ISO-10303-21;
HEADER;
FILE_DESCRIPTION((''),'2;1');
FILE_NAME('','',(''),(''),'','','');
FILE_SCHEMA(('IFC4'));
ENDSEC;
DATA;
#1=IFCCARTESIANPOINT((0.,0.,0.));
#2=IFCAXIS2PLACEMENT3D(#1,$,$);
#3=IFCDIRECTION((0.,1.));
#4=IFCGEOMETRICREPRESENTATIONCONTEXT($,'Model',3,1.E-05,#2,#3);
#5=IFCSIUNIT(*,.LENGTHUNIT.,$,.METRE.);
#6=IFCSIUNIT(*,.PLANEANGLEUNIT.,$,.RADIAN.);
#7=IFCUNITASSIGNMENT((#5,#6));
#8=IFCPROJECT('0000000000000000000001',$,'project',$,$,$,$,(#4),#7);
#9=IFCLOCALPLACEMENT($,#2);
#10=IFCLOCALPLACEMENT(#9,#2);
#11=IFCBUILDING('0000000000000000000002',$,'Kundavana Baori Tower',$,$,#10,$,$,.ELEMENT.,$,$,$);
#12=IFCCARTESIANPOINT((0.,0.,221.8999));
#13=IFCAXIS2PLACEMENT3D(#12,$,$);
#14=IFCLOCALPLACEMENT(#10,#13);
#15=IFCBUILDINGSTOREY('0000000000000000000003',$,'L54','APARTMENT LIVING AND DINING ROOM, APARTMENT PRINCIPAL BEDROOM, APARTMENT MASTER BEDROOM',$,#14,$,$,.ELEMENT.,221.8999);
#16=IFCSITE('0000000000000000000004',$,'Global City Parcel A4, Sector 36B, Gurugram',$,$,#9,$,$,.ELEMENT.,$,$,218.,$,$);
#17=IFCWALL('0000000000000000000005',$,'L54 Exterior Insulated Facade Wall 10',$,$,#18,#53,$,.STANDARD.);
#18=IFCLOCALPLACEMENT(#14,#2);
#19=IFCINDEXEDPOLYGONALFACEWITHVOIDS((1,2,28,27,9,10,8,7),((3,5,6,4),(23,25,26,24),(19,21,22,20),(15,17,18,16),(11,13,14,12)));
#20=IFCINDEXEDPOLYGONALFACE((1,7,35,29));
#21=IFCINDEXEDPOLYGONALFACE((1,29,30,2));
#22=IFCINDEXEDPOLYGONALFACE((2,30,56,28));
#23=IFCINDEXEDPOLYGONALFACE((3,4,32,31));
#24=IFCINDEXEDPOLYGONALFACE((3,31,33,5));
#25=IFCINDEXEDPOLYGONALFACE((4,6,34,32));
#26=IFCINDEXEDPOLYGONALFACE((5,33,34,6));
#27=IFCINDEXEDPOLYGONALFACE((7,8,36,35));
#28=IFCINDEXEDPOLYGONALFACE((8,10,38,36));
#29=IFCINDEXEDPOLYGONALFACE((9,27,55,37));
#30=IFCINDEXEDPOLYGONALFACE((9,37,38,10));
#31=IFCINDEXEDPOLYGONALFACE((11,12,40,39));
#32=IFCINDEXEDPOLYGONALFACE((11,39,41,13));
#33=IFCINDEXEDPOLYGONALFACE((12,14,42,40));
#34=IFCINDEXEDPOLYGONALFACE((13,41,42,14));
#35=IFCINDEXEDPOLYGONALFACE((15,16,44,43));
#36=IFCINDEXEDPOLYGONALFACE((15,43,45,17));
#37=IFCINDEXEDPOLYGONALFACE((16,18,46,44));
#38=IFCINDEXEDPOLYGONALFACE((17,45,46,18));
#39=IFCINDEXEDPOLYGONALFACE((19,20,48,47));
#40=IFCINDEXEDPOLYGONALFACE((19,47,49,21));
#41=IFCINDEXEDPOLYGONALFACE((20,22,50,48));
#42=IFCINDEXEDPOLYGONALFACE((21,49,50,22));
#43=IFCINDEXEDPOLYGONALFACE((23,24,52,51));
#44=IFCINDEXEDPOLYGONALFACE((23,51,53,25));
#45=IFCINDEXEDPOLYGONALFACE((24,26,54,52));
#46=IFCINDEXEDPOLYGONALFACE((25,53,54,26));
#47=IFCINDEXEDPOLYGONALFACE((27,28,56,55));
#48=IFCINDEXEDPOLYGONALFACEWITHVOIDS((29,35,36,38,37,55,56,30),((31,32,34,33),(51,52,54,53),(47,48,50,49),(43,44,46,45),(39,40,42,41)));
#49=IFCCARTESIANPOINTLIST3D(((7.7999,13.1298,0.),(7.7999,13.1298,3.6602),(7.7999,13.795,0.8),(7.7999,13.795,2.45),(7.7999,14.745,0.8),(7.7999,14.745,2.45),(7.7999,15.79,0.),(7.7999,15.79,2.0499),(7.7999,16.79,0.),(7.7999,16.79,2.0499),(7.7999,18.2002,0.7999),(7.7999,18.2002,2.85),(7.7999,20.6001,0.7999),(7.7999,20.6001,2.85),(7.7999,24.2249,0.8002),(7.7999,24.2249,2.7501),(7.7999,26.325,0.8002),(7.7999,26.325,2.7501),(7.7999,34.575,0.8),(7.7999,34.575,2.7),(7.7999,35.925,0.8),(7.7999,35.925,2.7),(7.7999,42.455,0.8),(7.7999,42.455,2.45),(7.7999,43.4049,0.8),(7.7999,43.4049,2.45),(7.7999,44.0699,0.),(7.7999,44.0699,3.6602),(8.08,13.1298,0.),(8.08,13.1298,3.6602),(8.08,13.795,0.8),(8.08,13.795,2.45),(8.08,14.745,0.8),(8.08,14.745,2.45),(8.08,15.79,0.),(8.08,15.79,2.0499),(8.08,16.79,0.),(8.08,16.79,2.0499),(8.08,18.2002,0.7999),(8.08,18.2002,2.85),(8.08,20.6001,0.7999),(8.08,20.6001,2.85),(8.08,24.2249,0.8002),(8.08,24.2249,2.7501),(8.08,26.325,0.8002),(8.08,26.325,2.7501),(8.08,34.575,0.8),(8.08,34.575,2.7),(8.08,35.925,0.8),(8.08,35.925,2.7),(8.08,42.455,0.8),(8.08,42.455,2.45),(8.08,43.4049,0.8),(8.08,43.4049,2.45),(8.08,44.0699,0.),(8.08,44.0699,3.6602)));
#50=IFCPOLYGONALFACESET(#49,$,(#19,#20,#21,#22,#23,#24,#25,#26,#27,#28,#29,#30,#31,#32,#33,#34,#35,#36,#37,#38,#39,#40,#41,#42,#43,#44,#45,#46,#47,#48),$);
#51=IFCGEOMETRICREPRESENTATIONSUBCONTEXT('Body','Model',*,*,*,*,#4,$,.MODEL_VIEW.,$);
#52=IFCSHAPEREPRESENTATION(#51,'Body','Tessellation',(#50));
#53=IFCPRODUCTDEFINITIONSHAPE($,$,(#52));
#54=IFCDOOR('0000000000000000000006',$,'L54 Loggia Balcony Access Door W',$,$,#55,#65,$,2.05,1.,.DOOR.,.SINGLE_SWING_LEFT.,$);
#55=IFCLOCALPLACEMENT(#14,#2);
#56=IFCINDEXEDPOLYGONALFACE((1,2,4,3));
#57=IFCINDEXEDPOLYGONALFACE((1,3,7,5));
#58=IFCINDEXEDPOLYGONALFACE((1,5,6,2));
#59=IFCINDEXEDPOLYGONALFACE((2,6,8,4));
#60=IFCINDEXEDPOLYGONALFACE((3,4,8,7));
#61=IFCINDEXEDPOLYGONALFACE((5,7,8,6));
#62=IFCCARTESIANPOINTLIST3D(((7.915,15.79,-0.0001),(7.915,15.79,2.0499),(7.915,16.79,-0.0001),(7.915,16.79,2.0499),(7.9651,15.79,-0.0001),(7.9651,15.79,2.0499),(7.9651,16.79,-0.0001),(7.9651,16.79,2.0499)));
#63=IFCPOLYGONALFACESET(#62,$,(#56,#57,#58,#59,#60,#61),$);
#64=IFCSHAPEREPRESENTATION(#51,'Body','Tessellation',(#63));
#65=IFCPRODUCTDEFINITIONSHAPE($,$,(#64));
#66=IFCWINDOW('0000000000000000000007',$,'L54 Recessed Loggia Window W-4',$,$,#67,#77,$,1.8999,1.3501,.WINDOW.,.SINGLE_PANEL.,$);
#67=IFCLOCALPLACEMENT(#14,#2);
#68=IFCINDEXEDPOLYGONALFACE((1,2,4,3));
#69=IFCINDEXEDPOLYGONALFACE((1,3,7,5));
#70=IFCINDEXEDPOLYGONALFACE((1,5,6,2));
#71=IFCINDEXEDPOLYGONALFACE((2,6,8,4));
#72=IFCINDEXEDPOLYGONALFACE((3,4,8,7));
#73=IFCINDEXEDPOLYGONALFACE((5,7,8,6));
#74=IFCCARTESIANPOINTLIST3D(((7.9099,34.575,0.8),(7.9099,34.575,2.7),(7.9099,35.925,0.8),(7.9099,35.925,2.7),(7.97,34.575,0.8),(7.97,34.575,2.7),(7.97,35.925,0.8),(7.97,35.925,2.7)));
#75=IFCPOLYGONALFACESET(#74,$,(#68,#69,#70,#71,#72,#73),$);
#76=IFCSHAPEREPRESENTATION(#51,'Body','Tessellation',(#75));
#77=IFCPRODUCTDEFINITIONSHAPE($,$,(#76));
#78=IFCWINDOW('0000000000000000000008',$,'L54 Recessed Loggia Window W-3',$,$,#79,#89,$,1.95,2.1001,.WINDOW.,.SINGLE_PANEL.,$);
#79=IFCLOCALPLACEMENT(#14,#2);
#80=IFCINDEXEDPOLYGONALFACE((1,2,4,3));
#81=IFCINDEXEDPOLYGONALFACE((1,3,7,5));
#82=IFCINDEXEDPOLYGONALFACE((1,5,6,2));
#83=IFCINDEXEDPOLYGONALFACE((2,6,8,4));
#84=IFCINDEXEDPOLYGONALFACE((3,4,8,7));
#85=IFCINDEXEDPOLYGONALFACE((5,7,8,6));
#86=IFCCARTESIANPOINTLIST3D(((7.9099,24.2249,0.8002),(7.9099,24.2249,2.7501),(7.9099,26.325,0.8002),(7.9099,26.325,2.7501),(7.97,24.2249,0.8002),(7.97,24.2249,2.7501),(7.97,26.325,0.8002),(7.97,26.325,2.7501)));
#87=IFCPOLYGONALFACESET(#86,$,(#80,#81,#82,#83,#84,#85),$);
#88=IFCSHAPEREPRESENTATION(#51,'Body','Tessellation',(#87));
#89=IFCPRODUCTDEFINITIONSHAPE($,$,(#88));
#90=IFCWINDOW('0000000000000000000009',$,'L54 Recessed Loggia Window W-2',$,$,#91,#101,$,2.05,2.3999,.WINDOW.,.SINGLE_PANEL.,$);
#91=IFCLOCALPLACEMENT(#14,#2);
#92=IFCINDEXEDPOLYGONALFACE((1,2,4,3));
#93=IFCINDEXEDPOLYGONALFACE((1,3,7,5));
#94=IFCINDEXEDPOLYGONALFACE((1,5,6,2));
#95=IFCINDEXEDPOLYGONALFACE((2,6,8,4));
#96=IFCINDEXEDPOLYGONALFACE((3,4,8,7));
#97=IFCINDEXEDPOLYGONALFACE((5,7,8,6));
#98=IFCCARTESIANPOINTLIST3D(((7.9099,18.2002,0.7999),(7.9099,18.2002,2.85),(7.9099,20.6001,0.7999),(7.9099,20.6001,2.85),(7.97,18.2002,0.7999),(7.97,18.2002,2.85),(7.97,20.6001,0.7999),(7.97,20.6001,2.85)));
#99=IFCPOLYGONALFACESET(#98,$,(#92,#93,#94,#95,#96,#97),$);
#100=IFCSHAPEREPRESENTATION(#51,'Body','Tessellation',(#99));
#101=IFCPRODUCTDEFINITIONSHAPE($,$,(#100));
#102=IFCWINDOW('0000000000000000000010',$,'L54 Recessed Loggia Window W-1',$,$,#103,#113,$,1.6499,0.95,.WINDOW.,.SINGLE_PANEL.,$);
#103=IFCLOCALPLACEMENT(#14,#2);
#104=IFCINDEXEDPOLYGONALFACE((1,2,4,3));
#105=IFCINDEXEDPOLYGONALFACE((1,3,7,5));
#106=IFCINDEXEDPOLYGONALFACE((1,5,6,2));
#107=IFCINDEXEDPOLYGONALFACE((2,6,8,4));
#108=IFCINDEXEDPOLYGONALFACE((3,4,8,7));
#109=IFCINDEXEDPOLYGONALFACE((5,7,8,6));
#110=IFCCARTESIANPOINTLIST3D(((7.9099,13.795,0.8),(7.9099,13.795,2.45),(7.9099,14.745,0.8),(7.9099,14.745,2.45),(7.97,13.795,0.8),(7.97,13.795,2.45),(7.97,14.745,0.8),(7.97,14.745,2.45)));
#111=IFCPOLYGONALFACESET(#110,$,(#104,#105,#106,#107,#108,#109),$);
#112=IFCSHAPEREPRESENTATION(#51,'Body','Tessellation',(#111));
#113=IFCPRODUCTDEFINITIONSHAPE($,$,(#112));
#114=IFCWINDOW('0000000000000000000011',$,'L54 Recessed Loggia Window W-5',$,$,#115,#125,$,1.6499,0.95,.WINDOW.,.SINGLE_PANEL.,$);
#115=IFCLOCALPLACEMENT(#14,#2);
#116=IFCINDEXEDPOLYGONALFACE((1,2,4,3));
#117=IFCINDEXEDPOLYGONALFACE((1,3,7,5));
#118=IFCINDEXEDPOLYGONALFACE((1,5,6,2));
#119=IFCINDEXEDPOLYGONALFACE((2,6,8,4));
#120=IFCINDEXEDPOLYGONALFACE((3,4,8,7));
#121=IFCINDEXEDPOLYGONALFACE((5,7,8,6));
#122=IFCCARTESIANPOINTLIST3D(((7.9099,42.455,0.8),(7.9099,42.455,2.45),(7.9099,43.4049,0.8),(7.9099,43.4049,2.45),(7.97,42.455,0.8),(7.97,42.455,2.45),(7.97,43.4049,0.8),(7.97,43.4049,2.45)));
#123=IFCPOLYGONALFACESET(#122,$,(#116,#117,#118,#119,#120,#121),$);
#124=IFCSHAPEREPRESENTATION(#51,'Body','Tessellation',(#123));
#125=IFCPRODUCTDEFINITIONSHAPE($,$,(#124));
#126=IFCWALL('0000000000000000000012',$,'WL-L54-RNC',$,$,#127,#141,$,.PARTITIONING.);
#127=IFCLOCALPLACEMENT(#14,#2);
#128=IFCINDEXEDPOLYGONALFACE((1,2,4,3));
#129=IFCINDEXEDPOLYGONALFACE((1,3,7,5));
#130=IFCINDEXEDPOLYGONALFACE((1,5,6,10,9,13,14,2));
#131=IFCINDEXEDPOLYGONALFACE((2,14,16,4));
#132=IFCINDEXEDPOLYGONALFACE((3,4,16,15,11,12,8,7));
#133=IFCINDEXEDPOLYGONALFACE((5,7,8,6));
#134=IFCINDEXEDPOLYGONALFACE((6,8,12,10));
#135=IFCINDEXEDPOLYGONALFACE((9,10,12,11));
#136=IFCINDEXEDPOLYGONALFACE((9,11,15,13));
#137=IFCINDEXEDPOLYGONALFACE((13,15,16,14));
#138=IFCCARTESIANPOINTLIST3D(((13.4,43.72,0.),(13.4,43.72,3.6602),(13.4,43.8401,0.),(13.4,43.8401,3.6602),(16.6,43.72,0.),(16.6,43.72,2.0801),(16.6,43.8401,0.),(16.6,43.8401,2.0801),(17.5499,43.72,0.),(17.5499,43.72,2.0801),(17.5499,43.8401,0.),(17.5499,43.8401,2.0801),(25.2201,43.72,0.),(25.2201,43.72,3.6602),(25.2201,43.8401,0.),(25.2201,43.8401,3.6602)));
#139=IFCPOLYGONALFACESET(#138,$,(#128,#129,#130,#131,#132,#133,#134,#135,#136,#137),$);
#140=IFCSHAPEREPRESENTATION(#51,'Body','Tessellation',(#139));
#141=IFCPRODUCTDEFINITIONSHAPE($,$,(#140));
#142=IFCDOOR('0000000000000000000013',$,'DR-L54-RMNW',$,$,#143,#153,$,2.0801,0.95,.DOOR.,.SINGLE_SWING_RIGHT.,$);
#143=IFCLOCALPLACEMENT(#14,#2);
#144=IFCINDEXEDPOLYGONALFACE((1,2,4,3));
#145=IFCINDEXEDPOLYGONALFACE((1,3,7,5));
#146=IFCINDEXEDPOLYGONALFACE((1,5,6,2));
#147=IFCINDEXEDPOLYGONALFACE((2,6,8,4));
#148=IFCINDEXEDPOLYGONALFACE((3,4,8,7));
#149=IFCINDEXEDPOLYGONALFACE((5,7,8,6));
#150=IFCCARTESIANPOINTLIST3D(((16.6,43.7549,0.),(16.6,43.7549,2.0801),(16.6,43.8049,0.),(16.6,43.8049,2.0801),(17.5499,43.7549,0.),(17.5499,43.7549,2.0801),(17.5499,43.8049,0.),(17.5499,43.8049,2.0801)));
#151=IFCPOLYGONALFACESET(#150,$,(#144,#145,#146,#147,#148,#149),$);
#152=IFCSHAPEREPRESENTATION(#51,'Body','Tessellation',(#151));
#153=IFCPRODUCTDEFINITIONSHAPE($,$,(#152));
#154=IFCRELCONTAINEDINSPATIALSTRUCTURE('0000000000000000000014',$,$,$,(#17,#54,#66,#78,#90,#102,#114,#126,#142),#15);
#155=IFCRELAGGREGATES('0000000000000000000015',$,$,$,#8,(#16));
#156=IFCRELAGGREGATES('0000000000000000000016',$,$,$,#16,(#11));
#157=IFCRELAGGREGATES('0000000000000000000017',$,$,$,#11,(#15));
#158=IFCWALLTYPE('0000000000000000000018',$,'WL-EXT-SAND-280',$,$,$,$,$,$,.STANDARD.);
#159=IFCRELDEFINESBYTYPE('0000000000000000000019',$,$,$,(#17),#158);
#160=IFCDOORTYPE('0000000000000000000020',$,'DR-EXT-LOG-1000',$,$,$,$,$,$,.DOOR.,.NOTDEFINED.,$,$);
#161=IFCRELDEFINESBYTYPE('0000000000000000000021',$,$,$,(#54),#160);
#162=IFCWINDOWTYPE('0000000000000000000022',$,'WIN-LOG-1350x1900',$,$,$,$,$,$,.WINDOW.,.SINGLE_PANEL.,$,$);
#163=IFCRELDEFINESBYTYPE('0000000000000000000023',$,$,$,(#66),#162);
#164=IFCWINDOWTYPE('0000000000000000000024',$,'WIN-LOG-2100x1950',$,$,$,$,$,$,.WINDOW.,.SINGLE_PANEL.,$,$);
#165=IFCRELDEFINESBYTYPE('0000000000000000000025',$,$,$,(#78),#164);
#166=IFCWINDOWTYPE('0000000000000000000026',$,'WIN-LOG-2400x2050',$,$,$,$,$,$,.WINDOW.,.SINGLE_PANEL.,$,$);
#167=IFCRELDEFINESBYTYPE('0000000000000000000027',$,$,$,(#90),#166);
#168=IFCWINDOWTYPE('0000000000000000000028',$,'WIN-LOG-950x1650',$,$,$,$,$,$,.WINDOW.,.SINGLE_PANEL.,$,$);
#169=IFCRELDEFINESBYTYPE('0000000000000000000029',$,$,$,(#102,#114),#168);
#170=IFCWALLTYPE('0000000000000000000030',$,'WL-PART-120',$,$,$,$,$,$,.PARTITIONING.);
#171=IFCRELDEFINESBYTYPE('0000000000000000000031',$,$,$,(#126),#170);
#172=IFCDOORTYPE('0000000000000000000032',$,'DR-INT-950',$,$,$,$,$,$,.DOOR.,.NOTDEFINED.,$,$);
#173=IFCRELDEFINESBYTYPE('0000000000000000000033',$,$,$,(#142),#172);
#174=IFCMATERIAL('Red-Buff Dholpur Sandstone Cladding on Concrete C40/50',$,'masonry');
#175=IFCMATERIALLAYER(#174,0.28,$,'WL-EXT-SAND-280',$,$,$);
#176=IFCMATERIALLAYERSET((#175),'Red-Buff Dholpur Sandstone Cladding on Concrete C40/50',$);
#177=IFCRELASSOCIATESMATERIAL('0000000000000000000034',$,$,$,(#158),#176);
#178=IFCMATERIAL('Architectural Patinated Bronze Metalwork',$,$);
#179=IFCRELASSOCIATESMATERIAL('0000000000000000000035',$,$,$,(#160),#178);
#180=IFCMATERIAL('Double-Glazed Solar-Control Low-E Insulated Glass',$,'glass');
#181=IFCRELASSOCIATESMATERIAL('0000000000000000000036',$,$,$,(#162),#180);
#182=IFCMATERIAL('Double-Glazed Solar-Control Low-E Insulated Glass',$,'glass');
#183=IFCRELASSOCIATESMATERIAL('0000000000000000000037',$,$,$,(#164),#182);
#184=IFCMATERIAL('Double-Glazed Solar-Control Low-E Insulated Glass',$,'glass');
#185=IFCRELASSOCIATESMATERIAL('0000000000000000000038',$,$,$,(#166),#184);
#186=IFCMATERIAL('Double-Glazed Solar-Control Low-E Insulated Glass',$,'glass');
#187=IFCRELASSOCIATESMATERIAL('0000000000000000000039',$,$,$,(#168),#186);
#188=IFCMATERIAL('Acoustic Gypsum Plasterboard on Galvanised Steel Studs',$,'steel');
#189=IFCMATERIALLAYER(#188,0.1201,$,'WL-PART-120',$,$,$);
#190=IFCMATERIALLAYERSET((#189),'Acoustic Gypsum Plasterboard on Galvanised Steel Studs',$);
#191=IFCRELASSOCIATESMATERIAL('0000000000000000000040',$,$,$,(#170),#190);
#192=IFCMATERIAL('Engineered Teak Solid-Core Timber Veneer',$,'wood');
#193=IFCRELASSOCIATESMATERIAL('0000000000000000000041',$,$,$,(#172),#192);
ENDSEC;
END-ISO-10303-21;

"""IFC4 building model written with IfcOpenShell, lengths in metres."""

from ifc_helpers import new_model, si_unit, direction, frame, frame_2d, origin, place, context, subcontext, project, spatial, rectangle, extrude, material, layer, layer_set, type_object, element, fill, save


model = new_model("IFC4")

# Units and contexts
model_context = context("Model", 3, precision=1e-05, world=origin(), true_north=direction((0.0, 1.0)))
body_context = subcontext(model_context, "Body", "Model", "MODEL_VIEW")
ifc_project = project(units=[si_unit("LENGTHUNIT", "METRE"), si_unit("PLANEANGLEUNIT", "RADIAN")], contexts=[model_context])

# Site, building, storey
site_placement = place(None, origin())
site = spatial("IfcSite", under=ifc_project, at=site_placement, Name="Global City Parcel A4, Sector 36B, Gurugram", CompositionType="ELEMENT", RefElevation=218.0)
building_placement = place(site_placement, origin())
building = spatial("IfcBuilding", under=site, at=building_placement, Name="Kundavana Baori Tower", CompositionType="ELEMENT")
storey_placement = place(building_placement, frame((0.0, 0.0, 221.8999)))
storey = spatial("IfcBuildingStorey", under=building, at=storey_placement, Name="L54", Description="APARTMENT LIVING AND DINING ROOM, APARTMENT PRINCIPAL BEDROOM, APARTMENT MASTER BEDROOM", CompositionType="ELEMENT", Elevation=221.8999)

# Shared definitions
ifc_material_1 = material(Name="Red-Buff Dholpur Sandstone Cladding on Concrete C40/50", Category="masonry")
ifc_layer_1 = layer(ifc_material_1, 0.28, Name="WL-EXT-SAND-280")
ifc_layer_set_1 = layer_set([ifc_layer_1], Name="Red-Buff Dholpur Sandstone Cladding on Concrete C40/50")
wall_type_1 = type_object("IfcWallType", Name="WL-EXT-SAND-280", PredefinedType="STANDARD", material=ifc_layer_set_1)

# Wall, openings, door, windows
wall_1_placement = place(storey_placement, frame((7.9399, 44.0701, 0.0), z_axis=(0.0, 0.0, 1.0), x_axis=(0.0, -1.0, 0.0)))
wall_1 = element("IfcWall", 1, at=wall_1_placement, inside=storey, type_object=wall_type_1, Name="L54 Exterior Insulated Facade Wall 10", PredefinedType="STANDARD", context=body_context, shape_type="SweptSolid", body=[
    extrude(rectangle(XDim=30.9402, YDim=0.28, at=frame_2d((15.4702, 0.0))), origin(), (0.0, 0.0, 1.0), 3.6602),
])
opening_1_placement = place(wall_1_placement, frame((29.325, 0.0, 0.8)))
opening_1 = element("IfcOpeningElement", 2, at=opening_1_placement, cuts=wall_1, PredefinedType="OPENING", context=body_context, shape_type="SweptSolid", body=[
    extrude(rectangle(XDim=0.95, YDim=1.6499, at=frame_2d((0.4751, 0.825))), frame((0.0, 0.1499, 0.0), z_axis=(0.0, -1.0, 0.0), x_axis=(1.0, 0.0, 0.0)), (0.0, 0.0, 1.0), 0.3),
])
opening_2_placement = place(wall_1_placement, frame((27.28, 0.0, 0.0)))
opening_2 = element("IfcOpeningElement", 3, at=opening_2_placement, cuts=wall_1, PredefinedType="OPENING", context=body_context, shape_type="SweptSolid", body=[
    extrude(rectangle(XDim=1.0, YDim=2.05, at=frame_2d((0.5, 1.0249))), frame((0.0, 0.1499, 0.0), z_axis=(0.0, -1.0, 0.0), x_axis=(1.0, 0.0, 0.0)), (0.0, 0.0, 1.0), 0.3),
])
opening_3_placement = place(wall_1_placement, frame((23.47, 0.0, 0.8)))
opening_3 = element("IfcOpeningElement", 4, at=opening_3_placement, cuts=wall_1, PredefinedType="OPENING", context=body_context, shape_type="SweptSolid", body=[
    extrude(rectangle(XDim=2.3999, YDim=2.05, at=frame_2d((1.2, 1.0249))), frame((0.0, 0.1499, 0.0), z_axis=(0.0, -1.0, 0.0), x_axis=(1.0, 0.0, 0.0)), (0.0, 0.0, 1.0), 0.3),
])
opening_4_placement = place(wall_1_placement, frame((17.7451, 0.0, 0.8)))
opening_4 = element("IfcOpeningElement", 5, at=opening_4_placement, cuts=wall_1, PredefinedType="OPENING", context=body_context, shape_type="SweptSolid", body=[
    extrude(rectangle(XDim=2.1001, YDim=1.95, at=frame_2d((1.05, 0.9751))), frame((0.0, 0.1499, 0.0), z_axis=(0.0, -1.0, 0.0), x_axis=(1.0, 0.0, 0.0)), (0.0, 0.0, 1.0), 0.3),
])
opening_5_placement = place(wall_1_placement, frame((8.145, 0.0, 0.8)))
opening_5 = element("IfcOpeningElement", 6, at=opening_5_placement, cuts=wall_1, PredefinedType="OPENING", context=body_context, shape_type="SweptSolid", body=[
    extrude(rectangle(XDim=1.3501, YDim=1.8999, at=frame_2d((0.675, 0.95))), frame((0.0, 0.1499, 0.0), z_axis=(0.0, -1.0, 0.0), x_axis=(1.0, 0.0, 0.0)), (0.0, 0.0, 1.0), 0.3),
])
opening_6_placement = place(wall_1_placement, frame((0.665, 0.0, 0.8)))
opening_6 = element("IfcOpeningElement", 7, at=opening_6_placement, cuts=wall_1, PredefinedType="OPENING", context=body_context, shape_type="SweptSolid", body=[
    extrude(rectangle(XDim=0.95, YDim=1.6499, at=frame_2d((0.4751, 0.825))), frame((0.0, 0.1499, 0.0), z_axis=(0.0, -1.0, 0.0), x_axis=(1.0, 0.0, 0.0)), (0.0, 0.0, 1.0), 0.3),
])
ifc_material_2 = material(Name="Architectural Patinated Bronze Metalwork")
door_type_1 = type_object("IfcDoorType", Name="DR-EXT-LOG-1000", OperationType="NOTDEFINED", PredefinedType="DOOR", material=ifc_material_2)
door_1_placement = place(opening_2_placement, frame((1.0, 0.0, 0.0), z_axis=(0.0, 0.0, 1.0), x_axis=(-1.0, 0.0, 0.0)))
door_1 = element("IfcDoor", 8, at=door_1_placement, inside=storey, type_object=door_type_1, Name="L54 Loggia Balcony Access Door W", OperationType="SINGLE_SWING_LEFT", OverallHeight=2.05, OverallWidth=1.0, PredefinedType="DOOR", context=body_context, shape_type="SweptSolid", body=[
    extrude(rectangle(XDim=1.0, YDim=2.05, at=frame_2d((0.5, 1.0249))), frame((0.0, 0.0249, 0.0), z_axis=(0.0, -1.0, 0.0), x_axis=(1.0, 0.0, 0.0)), (0.0, 0.0, 1.0), 0.05),
])
fill(opening_2, door_1)
ifc_material_3 = material(Name="Double-Glazed Solar-Control Low-E Insulated Glass", Category="glass")
window_type_1 = type_object("IfcWindowType", Name="WIN-LOG-1350x1900", PartitioningType="SINGLE_PANEL", PredefinedType="WINDOW", material=ifc_material_3)
window_1_placement = place(opening_5_placement, origin())
window_1 = element("IfcWindow", 9, at=window_1_placement, inside=storey, type_object=window_type_1, Name="L54 Recessed Loggia Window W-4", OverallHeight=1.8999, OverallWidth=1.3501, PartitioningType="SINGLE_PANEL", PredefinedType="WINDOW", context=body_context, shape_type="SweptSolid", body=[
    extrude(rectangle(XDim=1.3501, YDim=1.8999, at=frame_2d((0.675, 0.95))), frame((0.0, 0.03, 0.0), z_axis=(0.0, -1.0, 0.0), x_axis=(1.0, 0.0, 0.0)), (0.0, 0.0, 1.0), 0.0601),
])
fill(opening_5, window_1)
ifc_material_4 = material(Name="Double-Glazed Solar-Control Low-E Insulated Glass", Category="glass")
window_type_2 = type_object("IfcWindowType", Name="WIN-LOG-2100x1950", PartitioningType="SINGLE_PANEL", PredefinedType="WINDOW", material=ifc_material_4)
window_2_placement = place(opening_4_placement, origin())
window_2 = element("IfcWindow", 10, at=window_2_placement, inside=storey, type_object=window_type_2, Name="L54 Recessed Loggia Window W-3", OverallHeight=1.95, OverallWidth=2.1001, PartitioningType="SINGLE_PANEL", PredefinedType="WINDOW", context=body_context, shape_type="SweptSolid", body=[
    extrude(rectangle(XDim=2.1001, YDim=1.95, at=frame_2d((1.05, 0.9751))), frame((0.0, 0.03, 0.0), z_axis=(0.0, -1.0, 0.0), x_axis=(1.0, 0.0, 0.0)), (0.0, 0.0, 1.0), 0.0601),
])
fill(opening_4, window_2)
ifc_material_5 = material(Name="Double-Glazed Solar-Control Low-E Insulated Glass", Category="glass")
window_type_3 = type_object("IfcWindowType", Name="WIN-LOG-2400x2050", PartitioningType="SINGLE_PANEL", PredefinedType="WINDOW", material=ifc_material_5)
window_3_placement = place(opening_3_placement, origin())
window_3 = element("IfcWindow", 11, at=window_3_placement, inside=storey, type_object=window_type_3, Name="L54 Recessed Loggia Window W-2", OverallHeight=2.05, OverallWidth=2.3999, PartitioningType="SINGLE_PANEL", PredefinedType="WINDOW", context=body_context, shape_type="SweptSolid", body=[
    extrude(rectangle(XDim=2.3999, YDim=2.05, at=frame_2d((1.2, 1.0249))), frame((0.0, 0.03, 0.0), z_axis=(0.0, -1.0, 0.0), x_axis=(1.0, 0.0, 0.0)), (0.0, 0.0, 1.0), 0.0601),
])
fill(opening_3, window_3)
ifc_material_6 = material(Name="Double-Glazed Solar-Control Low-E Insulated Glass", Category="glass")
window_type_4 = type_object("IfcWindowType", Name="WIN-LOG-950x1650", PartitioningType="SINGLE_PANEL", PredefinedType="WINDOW", material=ifc_material_6)
window_4_placement = place(opening_1_placement, origin())
window_4 = element("IfcWindow", 12, at=window_4_placement, inside=storey, type_object=window_type_4, Name="L54 Recessed Loggia Window W-1", OverallHeight=1.6499, OverallWidth=0.95, PartitioningType="SINGLE_PANEL", PredefinedType="WINDOW", context=body_context, shape_type="SweptSolid", body=[
    extrude(rectangle(XDim=0.95, YDim=1.6499, at=frame_2d((0.4751, 0.825))), frame((0.0, 0.03, 0.0), z_axis=(0.0, -1.0, 0.0), x_axis=(1.0, 0.0, 0.0)), (0.0, 0.0, 1.0), 0.0601),
])
fill(opening_1, window_4)
window_5_placement = place(opening_6_placement, origin())
window_5 = element("IfcWindow", 13, at=window_5_placement, inside=storey, type_object=window_type_4, Name="L54 Recessed Loggia Window W-5", OverallHeight=1.6499, OverallWidth=0.95, PartitioningType="SINGLE_PANEL", PredefinedType="WINDOW", context=body_context, shape_type="SweptSolid", body=[
    extrude(rectangle(XDim=0.95, YDim=1.6499, at=frame_2d((0.4751, 0.825))), frame((0.0, 0.03, 0.0), z_axis=(0.0, -1.0, 0.0), x_axis=(1.0, 0.0, 0.0)), (0.0, 0.0, 1.0), 0.0601),
])
fill(opening_6, window_5)

# Wall, opening, door
ifc_material_7 = material(Name="Acoustic Gypsum Plasterboard on Galvanised Steel Studs", Category="steel")
ifc_layer_2 = layer(ifc_material_7, 0.1201, Name="WL-PART-120")
ifc_layer_set_2 = layer_set([ifc_layer_2], Name="Acoustic Gypsum Plasterboard on Galvanised Steel Studs")
wall_type_2 = type_object("IfcWallType", Name="WL-PART-120", PredefinedType="PARTITIONING", material=ifc_layer_set_2)
wall_2_placement = place(storey_placement, frame((13.3999, 43.78, 0.0), z_axis=(0.0, 0.0, 1.0), x_axis=(1.0, 0.0, 0.0)))
wall_2 = element("IfcWall", 14, at=wall_2_placement, inside=storey, type_object=wall_type_2, Name="WL-L54-RNC", PredefinedType="PARTITIONING", context=body_context, shape_type="SweptSolid", body=[
    extrude(rectangle(XDim=11.8201, YDim=0.1201, at=frame_2d((5.9102, 0.0))), origin(), (0.0, 0.0, 1.0), 3.6602),
])
opening_7_placement = place(wall_2_placement, frame((3.2, 0.0, 0.0)))
opening_7 = element("IfcOpeningElement", 15, at=opening_7_placement, cuts=wall_2, PredefinedType="OPENING", context=body_context, shape_type="SweptSolid", body=[
    extrude(rectangle(XDim=0.95, YDim=2.0801, at=frame_2d((0.4751, 1.04))), frame((0.0, 0.0701, 0.0), z_axis=(0.0, -1.0, 0.0), x_axis=(1.0, 0.0, 0.0)), (0.0, 0.0, 1.0), 0.1401),
])
ifc_material_8 = material(Name="Engineered Teak Solid-Core Timber Veneer", Category="wood")
door_type_2 = type_object("IfcDoorType", Name="DR-INT-950", OperationType="NOTDEFINED", PredefinedType="DOOR", material=ifc_material_8)
door_2_placement = place(opening_7_placement, origin())
door_2 = element("IfcDoor", 16, at=door_2_placement, inside=storey, type_object=door_type_2, Name="DR-L54-RMNW", OperationType="SINGLE_SWING_RIGHT", OverallHeight=2.0801, OverallWidth=0.95, PredefinedType="DOOR", context=body_context, shape_type="SweptSolid", body=[
    extrude(rectangle(XDim=0.95, YDim=2.0801, at=frame_2d((0.4751, 1.04))), frame((0.0, 0.0249, 0.0), z_axis=(0.0, -1.0, 0.0), x_axis=(1.0, 0.0, 0.0)), (0.0, 0.0, 1.0), 0.05),
])
fill(opening_7, door_2)

save(model, "model.ifc")
